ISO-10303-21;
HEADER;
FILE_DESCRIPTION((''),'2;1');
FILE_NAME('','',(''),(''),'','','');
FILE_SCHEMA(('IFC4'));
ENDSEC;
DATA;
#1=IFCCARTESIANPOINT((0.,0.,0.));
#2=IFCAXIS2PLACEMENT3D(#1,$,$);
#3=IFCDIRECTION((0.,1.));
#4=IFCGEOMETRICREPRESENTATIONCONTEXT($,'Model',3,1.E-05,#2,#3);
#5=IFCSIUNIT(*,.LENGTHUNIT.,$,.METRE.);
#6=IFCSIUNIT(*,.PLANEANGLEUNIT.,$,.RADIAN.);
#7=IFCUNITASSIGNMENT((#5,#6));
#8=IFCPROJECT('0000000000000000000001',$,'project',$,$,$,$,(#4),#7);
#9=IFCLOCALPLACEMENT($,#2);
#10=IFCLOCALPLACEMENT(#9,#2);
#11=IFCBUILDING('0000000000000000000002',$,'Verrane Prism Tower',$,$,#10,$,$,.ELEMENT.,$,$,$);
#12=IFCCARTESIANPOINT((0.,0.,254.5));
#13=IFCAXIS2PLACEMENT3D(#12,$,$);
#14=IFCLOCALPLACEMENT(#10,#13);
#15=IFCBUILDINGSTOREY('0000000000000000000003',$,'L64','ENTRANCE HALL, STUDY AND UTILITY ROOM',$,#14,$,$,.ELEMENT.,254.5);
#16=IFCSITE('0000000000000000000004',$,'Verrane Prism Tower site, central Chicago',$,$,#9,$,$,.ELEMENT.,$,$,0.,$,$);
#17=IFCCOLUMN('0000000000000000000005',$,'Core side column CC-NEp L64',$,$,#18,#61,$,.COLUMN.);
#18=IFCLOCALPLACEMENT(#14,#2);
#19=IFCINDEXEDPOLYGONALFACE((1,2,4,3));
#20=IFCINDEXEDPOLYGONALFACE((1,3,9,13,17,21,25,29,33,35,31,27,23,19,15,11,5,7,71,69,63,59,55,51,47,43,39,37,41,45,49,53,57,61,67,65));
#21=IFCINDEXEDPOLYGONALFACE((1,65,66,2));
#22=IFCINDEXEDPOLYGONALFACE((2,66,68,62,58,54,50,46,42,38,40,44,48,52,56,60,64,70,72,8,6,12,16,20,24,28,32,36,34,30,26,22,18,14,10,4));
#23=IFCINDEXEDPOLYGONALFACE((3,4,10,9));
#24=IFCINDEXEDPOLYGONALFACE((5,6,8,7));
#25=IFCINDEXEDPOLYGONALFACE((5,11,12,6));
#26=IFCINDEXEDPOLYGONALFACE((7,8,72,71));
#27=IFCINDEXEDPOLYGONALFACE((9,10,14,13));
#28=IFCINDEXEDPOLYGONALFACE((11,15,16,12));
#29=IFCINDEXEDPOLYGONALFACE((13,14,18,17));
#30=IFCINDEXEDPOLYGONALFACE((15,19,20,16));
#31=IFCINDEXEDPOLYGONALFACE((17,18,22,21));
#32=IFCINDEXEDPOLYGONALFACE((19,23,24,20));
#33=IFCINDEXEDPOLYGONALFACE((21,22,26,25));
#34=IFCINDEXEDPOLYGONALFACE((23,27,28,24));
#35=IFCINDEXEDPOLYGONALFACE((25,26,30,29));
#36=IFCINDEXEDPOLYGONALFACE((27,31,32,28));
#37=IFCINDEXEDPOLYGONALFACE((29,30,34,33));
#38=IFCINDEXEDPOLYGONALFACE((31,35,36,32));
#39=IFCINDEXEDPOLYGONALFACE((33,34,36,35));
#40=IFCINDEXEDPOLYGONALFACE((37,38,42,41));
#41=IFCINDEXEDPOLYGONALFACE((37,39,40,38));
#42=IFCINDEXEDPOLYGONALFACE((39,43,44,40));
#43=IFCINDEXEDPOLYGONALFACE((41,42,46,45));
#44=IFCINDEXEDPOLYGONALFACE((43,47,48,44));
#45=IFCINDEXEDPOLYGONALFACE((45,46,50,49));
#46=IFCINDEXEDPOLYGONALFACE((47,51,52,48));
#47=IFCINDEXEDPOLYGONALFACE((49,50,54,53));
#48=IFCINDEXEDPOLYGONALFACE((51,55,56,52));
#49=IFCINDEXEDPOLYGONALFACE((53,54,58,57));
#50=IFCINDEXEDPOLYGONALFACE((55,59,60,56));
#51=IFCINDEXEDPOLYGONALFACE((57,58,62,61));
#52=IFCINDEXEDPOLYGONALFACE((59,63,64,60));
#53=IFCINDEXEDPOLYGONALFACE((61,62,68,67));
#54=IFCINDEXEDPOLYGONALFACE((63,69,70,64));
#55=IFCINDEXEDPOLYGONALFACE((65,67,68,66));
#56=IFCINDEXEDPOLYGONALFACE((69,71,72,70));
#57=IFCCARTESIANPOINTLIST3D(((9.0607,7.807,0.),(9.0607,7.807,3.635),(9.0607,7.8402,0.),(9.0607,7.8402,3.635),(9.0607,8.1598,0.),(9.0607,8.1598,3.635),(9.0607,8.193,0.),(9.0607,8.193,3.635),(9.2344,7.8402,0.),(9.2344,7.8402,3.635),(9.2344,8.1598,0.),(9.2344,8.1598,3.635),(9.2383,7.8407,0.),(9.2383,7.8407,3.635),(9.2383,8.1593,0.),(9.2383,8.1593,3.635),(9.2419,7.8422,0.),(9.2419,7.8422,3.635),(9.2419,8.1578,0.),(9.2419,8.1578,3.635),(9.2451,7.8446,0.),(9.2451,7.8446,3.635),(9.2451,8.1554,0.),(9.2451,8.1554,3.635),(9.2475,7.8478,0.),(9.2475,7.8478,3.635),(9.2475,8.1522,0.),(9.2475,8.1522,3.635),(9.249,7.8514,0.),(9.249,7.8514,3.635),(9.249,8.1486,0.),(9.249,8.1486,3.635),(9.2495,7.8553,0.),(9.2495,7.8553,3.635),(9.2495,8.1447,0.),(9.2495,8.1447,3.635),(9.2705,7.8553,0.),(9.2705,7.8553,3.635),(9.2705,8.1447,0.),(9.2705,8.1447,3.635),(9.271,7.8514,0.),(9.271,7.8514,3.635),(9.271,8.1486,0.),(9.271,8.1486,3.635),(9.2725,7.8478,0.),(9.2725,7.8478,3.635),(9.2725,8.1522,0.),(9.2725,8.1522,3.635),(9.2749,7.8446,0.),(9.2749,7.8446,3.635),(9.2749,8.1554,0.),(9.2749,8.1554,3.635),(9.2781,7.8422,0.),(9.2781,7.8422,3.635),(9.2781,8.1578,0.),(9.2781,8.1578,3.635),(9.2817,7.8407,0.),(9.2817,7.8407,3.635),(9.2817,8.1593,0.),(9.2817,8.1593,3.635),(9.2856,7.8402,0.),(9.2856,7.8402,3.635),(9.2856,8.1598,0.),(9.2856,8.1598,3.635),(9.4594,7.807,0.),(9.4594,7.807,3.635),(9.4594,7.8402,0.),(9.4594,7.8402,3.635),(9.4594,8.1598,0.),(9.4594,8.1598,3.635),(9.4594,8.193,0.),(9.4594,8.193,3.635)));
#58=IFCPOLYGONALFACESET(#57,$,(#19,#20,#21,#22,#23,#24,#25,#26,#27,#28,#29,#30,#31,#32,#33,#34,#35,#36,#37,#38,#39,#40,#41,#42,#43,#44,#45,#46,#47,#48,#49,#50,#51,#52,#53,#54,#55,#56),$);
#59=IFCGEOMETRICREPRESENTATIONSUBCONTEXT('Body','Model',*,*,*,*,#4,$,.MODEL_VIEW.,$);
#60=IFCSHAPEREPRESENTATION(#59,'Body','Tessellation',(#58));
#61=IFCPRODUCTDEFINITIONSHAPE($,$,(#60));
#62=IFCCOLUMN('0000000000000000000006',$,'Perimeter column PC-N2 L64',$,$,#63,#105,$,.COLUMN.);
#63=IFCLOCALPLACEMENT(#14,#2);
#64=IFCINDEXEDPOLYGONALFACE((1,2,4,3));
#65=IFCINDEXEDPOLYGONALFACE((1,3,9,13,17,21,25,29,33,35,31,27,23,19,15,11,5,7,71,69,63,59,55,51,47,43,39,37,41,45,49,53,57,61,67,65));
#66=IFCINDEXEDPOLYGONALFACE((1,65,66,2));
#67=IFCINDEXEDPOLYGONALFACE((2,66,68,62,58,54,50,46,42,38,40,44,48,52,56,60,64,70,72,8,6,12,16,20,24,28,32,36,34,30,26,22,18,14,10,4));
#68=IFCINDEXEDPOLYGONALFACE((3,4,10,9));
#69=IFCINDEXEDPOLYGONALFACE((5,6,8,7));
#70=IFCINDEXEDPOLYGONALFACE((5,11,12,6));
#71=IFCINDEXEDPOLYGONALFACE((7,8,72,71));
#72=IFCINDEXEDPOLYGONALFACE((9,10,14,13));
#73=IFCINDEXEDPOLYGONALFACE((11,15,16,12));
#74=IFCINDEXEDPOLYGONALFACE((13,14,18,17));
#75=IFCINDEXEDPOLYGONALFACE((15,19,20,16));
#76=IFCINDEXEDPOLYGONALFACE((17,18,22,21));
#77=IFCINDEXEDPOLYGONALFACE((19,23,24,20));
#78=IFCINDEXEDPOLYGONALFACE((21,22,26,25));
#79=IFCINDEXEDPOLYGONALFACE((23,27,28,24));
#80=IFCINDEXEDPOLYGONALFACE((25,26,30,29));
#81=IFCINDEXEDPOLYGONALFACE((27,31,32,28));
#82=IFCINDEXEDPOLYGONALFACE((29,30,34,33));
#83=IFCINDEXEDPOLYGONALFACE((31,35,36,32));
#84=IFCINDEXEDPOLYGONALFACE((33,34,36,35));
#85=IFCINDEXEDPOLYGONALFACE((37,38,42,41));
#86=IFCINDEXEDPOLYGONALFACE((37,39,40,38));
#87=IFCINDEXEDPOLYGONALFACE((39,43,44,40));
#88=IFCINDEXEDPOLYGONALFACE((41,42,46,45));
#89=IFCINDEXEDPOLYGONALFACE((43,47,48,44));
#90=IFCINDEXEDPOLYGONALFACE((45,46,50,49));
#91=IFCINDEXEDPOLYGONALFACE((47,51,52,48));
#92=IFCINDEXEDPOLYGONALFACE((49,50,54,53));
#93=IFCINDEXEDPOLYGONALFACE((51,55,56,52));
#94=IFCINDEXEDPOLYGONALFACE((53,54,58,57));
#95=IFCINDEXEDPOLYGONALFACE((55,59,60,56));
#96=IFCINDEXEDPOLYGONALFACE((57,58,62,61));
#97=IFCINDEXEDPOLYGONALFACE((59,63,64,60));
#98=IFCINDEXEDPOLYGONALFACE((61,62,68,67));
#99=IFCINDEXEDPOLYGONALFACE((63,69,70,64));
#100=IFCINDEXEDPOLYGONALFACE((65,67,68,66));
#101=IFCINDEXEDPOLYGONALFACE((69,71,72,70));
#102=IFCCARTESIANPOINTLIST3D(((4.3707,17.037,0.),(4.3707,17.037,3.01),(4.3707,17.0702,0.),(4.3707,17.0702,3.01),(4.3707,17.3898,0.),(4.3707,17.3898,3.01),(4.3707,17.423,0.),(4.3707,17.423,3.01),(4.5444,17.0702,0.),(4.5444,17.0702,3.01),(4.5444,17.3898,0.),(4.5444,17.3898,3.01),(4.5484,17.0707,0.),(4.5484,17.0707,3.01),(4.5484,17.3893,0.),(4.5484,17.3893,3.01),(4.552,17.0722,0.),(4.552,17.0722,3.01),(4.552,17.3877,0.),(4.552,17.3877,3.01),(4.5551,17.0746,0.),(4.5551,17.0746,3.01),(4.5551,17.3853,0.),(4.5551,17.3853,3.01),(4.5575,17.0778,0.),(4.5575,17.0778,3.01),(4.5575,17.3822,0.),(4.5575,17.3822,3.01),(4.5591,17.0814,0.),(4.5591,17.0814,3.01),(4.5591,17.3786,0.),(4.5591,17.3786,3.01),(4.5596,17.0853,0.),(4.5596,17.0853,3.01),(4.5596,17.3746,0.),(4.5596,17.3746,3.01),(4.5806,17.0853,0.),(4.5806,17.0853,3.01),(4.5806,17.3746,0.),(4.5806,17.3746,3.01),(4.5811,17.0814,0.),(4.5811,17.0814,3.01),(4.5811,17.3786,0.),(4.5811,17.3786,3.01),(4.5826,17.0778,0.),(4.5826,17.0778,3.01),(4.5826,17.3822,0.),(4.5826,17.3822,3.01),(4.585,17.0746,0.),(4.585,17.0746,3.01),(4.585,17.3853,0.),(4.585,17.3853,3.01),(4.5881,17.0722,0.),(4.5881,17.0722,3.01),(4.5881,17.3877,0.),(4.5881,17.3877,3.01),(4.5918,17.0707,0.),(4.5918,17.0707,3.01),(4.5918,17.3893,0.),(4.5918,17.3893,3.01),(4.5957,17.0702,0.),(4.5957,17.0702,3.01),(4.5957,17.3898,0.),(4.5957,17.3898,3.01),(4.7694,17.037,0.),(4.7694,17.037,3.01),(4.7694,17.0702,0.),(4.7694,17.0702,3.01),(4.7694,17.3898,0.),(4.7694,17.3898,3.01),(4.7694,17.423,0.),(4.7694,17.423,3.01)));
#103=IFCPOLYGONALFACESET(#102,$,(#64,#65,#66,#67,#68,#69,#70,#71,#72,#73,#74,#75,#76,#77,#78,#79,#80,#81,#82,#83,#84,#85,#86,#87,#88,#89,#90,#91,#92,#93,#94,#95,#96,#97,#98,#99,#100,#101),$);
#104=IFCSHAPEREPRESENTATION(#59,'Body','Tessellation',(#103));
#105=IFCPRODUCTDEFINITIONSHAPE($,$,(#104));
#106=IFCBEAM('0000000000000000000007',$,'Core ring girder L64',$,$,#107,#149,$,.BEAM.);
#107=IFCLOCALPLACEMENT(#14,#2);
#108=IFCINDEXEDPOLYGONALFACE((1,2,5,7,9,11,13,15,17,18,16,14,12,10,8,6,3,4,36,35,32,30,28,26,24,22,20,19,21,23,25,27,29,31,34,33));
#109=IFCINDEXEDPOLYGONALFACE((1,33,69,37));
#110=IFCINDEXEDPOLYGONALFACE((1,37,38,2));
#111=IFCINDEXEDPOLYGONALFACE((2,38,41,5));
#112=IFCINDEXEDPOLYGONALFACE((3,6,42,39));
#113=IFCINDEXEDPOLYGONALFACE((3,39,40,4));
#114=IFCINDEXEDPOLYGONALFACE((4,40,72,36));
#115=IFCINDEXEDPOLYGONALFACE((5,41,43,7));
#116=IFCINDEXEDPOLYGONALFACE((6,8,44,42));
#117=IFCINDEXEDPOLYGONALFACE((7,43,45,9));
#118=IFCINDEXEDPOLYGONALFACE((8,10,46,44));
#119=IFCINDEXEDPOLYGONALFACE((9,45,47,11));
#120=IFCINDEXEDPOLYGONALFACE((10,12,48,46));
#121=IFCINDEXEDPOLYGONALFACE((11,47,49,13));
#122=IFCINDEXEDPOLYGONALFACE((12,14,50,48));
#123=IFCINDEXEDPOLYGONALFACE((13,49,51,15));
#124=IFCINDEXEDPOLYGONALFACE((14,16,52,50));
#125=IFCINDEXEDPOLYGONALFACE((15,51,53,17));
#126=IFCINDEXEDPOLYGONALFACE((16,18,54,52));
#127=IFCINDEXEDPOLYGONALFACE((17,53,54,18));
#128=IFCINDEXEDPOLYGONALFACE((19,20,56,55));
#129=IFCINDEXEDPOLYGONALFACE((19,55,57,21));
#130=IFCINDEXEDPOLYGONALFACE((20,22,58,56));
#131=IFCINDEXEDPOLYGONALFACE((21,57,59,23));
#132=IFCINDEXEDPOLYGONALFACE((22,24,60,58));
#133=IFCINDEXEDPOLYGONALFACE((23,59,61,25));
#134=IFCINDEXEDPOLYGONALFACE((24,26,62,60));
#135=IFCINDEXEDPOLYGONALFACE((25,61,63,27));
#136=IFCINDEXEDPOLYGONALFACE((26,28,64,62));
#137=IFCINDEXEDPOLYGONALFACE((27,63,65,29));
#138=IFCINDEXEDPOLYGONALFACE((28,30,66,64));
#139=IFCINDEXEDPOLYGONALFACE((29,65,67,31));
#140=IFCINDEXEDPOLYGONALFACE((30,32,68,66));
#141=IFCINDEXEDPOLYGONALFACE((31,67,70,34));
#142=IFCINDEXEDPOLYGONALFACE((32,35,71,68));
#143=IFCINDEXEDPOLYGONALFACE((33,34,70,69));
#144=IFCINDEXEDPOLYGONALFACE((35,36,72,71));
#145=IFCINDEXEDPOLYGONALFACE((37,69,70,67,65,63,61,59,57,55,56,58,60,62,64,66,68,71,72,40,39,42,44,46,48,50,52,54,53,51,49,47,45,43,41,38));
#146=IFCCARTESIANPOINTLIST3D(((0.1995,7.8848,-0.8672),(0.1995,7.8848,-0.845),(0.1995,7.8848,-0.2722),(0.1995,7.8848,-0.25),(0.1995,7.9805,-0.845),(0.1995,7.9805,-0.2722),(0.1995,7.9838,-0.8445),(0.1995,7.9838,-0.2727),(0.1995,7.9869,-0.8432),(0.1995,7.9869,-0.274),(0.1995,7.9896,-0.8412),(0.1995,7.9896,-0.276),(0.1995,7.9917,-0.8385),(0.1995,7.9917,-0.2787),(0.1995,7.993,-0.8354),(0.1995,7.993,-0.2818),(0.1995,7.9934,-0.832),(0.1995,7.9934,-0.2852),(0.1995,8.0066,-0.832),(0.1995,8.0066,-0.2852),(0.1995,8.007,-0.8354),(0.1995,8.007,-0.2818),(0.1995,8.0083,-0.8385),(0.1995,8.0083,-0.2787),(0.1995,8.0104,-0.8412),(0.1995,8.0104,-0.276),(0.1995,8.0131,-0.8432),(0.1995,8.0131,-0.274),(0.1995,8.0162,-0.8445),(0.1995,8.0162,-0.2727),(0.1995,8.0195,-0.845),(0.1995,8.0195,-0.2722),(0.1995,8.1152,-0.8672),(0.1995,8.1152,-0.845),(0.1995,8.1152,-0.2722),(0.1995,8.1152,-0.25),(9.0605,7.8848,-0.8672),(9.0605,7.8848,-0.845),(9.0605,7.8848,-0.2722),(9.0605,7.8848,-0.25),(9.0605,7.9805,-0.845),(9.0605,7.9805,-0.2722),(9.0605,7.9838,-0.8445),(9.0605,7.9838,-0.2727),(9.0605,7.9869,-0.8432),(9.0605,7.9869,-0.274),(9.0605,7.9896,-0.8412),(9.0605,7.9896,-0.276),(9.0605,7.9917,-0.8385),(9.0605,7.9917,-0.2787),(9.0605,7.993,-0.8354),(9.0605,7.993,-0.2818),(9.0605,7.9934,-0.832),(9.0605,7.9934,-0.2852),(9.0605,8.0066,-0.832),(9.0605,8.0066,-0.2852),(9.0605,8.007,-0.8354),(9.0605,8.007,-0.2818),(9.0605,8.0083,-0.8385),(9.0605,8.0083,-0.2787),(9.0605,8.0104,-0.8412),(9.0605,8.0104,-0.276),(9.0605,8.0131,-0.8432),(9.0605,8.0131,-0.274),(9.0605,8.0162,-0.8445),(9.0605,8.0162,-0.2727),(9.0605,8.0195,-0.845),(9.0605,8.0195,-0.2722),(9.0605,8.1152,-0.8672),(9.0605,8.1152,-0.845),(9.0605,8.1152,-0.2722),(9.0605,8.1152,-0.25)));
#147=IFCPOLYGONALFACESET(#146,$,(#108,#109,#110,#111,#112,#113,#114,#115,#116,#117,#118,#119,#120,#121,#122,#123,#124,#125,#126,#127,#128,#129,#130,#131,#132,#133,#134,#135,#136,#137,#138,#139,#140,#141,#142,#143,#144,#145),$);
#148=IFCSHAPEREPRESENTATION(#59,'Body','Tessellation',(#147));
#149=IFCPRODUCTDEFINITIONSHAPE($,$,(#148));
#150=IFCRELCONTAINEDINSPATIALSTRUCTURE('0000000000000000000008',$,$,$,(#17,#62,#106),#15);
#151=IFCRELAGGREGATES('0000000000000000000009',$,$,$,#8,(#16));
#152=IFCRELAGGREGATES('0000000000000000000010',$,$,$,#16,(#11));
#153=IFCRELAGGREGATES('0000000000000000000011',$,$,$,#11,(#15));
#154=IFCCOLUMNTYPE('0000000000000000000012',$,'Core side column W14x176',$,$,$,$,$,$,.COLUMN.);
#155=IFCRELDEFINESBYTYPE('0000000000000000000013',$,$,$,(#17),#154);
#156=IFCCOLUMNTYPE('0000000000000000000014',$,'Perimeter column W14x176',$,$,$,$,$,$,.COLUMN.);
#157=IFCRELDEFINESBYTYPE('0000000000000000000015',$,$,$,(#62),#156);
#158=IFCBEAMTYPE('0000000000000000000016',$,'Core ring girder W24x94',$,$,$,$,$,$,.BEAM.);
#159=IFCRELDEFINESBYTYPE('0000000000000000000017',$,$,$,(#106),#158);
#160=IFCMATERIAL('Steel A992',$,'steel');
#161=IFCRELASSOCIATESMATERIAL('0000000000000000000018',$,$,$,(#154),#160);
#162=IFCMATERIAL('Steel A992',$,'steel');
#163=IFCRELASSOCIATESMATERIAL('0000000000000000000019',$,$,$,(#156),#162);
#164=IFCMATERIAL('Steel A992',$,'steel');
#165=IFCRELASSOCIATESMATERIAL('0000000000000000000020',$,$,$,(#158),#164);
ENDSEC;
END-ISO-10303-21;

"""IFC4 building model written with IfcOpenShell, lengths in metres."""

from ifc_helpers import new_model, si_unit, direction, frame, origin, origin_2d, place, context, subcontext, project, spatial, i_section, extrude, material, material_profile, profile_set, type_object, element, save


model = new_model("IFC4")

# Units and contexts
model_context = context("Model", 3, precision=1e-05, world=origin(), true_north=direction((0.0, 1.0)))
body_context = subcontext(model_context, "Body", "Model", "MODEL_VIEW")
ifc_project = project(units=[si_unit("LENGTHUNIT", "METRE"), si_unit("PLANEANGLEUNIT", "RADIAN")], contexts=[model_context])

# Site, building, storey
site_placement = place(None, origin())
site = spatial("IfcSite", under=ifc_project, at=site_placement, Name="Verrane Prism Tower site, central Chicago", CompositionType="ELEMENT", RefElevation=0.0)
building_placement = place(site_placement, origin())
building = spatial("IfcBuilding", under=site, at=building_placement, Name="Verrane Prism Tower", CompositionType="ELEMENT")
storey_placement = place(building_placement, frame((0.0, 0.0, 254.5)))
storey = spatial("IfcBuildingStorey", under=building, at=storey_placement, Name="L64", Description="ENTRANCE HALL, STUDY AND UTILITY ROOM", CompositionType="ELEMENT", Elevation=254.5)

# Columns
ifc_material_1 = material(Name="Steel A992", Category="steel")
ifc_material_profile_1 = material_profile(ifc_material_1, i_section(OverallWidth=0.3987, OverallDepth=0.386, WebThickness=0.021, FlangeThickness=0.0332, FilletRadius=0.0151, at=origin_2d()), Name="W14x176")
ifc_profile_set_1 = profile_set([ifc_material_profile_1], Name="Steel A992")
column_type_1 = type_object("IfcColumnType", Name="Core side column W14x176", PredefinedType="COLUMN", material=ifc_profile_set_1)
column_1_placement = place(storey_placement, frame((9.26, 8.0, 0.0), z_axis=(0.0, 0.0, 1.0), x_axis=(1.0, 0.0, 0.0)))
element("IfcColumn", 1, at=column_1_placement, inside=storey, type_object=column_type_1, Name="Core side column CC-NEp L64", PredefinedType="COLUMN", context=body_context, shape_type="SweptSolid", body=[
    extrude(i_section(OverallWidth=0.3987, OverallDepth=0.386, WebThickness=0.021, FlangeThickness=0.0332, FilletRadius=0.0151, at=origin_2d()), origin(), (0.0, 0.0, 1.0), 3.635),
])
ifc_material_2 = material(Name="Steel A992", Category="steel")
ifc_material_profile_2 = material_profile(ifc_material_2, i_section(OverallWidth=0.3987, OverallDepth=0.386, WebThickness=0.021, FlangeThickness=0.0332, FilletRadius=0.0151, at=origin_2d()), Name="W14x176")
ifc_profile_set_2 = profile_set([ifc_material_profile_2], Name="Steel A992")
column_type_2 = type_object("IfcColumnType", Name="Perimeter column W14x176", PredefinedType="COLUMN", material=ifc_profile_set_2)
column_2_placement = place(storey_placement, frame((4.5701, 17.23, 0.0), z_axis=(0.0, 0.0, 1.0), x_axis=(1.0, 0.0, 0.0)))
element("IfcColumn", 2, at=column_2_placement, inside=storey, type_object=column_type_2, Name="Perimeter column PC-N2 L64", PredefinedType="COLUMN", context=body_context, shape_type="SweptSolid", body=[
    extrude(i_section(OverallWidth=0.3987, OverallDepth=0.386, WebThickness=0.021, FlangeThickness=0.0332, FilletRadius=0.0151, at=origin_2d()), origin(), (0.0, 0.0, 1.0), 3.01),
])

# Beam
ifc_material_3 = material(Name="Steel A992", Category="steel")
ifc_material_profile_3 = material_profile(ifc_material_3, i_section(OverallWidth=0.2305, OverallDepth=0.6172, WebThickness=0.0132, FlangeThickness=0.0222, FilletRadius=0.0129, at=origin_2d()), Name="W24x94")
ifc_profile_set_3 = profile_set([ifc_material_profile_3], Name="Steel A992")
beam_type_1 = type_object("IfcBeamType", Name="Core ring girder W24x94", PredefinedType="BEAM", material=ifc_profile_set_3)
beam_1_placement = place(storey_placement, frame((9.0605, 8.0, -0.5586), z_axis=(-1.0, 0.0, 0.0), x_axis=(0.0, -1.0, 0.0)))
element("IfcBeam", 3, at=beam_1_placement, inside=storey, type_object=beam_type_1, Name="Core ring girder L64", PredefinedType="BEAM", context=body_context, shape_type="SweptSolid", body=[
    extrude(i_section(OverallWidth=0.2305, OverallDepth=0.6172, WebThickness=0.0132, FlangeThickness=0.0222, FilletRadius=0.0129, at=origin_2d()), origin(), (0.0, 0.0, 1.0), 8.8611),
])

save(model, "model.ifc")
